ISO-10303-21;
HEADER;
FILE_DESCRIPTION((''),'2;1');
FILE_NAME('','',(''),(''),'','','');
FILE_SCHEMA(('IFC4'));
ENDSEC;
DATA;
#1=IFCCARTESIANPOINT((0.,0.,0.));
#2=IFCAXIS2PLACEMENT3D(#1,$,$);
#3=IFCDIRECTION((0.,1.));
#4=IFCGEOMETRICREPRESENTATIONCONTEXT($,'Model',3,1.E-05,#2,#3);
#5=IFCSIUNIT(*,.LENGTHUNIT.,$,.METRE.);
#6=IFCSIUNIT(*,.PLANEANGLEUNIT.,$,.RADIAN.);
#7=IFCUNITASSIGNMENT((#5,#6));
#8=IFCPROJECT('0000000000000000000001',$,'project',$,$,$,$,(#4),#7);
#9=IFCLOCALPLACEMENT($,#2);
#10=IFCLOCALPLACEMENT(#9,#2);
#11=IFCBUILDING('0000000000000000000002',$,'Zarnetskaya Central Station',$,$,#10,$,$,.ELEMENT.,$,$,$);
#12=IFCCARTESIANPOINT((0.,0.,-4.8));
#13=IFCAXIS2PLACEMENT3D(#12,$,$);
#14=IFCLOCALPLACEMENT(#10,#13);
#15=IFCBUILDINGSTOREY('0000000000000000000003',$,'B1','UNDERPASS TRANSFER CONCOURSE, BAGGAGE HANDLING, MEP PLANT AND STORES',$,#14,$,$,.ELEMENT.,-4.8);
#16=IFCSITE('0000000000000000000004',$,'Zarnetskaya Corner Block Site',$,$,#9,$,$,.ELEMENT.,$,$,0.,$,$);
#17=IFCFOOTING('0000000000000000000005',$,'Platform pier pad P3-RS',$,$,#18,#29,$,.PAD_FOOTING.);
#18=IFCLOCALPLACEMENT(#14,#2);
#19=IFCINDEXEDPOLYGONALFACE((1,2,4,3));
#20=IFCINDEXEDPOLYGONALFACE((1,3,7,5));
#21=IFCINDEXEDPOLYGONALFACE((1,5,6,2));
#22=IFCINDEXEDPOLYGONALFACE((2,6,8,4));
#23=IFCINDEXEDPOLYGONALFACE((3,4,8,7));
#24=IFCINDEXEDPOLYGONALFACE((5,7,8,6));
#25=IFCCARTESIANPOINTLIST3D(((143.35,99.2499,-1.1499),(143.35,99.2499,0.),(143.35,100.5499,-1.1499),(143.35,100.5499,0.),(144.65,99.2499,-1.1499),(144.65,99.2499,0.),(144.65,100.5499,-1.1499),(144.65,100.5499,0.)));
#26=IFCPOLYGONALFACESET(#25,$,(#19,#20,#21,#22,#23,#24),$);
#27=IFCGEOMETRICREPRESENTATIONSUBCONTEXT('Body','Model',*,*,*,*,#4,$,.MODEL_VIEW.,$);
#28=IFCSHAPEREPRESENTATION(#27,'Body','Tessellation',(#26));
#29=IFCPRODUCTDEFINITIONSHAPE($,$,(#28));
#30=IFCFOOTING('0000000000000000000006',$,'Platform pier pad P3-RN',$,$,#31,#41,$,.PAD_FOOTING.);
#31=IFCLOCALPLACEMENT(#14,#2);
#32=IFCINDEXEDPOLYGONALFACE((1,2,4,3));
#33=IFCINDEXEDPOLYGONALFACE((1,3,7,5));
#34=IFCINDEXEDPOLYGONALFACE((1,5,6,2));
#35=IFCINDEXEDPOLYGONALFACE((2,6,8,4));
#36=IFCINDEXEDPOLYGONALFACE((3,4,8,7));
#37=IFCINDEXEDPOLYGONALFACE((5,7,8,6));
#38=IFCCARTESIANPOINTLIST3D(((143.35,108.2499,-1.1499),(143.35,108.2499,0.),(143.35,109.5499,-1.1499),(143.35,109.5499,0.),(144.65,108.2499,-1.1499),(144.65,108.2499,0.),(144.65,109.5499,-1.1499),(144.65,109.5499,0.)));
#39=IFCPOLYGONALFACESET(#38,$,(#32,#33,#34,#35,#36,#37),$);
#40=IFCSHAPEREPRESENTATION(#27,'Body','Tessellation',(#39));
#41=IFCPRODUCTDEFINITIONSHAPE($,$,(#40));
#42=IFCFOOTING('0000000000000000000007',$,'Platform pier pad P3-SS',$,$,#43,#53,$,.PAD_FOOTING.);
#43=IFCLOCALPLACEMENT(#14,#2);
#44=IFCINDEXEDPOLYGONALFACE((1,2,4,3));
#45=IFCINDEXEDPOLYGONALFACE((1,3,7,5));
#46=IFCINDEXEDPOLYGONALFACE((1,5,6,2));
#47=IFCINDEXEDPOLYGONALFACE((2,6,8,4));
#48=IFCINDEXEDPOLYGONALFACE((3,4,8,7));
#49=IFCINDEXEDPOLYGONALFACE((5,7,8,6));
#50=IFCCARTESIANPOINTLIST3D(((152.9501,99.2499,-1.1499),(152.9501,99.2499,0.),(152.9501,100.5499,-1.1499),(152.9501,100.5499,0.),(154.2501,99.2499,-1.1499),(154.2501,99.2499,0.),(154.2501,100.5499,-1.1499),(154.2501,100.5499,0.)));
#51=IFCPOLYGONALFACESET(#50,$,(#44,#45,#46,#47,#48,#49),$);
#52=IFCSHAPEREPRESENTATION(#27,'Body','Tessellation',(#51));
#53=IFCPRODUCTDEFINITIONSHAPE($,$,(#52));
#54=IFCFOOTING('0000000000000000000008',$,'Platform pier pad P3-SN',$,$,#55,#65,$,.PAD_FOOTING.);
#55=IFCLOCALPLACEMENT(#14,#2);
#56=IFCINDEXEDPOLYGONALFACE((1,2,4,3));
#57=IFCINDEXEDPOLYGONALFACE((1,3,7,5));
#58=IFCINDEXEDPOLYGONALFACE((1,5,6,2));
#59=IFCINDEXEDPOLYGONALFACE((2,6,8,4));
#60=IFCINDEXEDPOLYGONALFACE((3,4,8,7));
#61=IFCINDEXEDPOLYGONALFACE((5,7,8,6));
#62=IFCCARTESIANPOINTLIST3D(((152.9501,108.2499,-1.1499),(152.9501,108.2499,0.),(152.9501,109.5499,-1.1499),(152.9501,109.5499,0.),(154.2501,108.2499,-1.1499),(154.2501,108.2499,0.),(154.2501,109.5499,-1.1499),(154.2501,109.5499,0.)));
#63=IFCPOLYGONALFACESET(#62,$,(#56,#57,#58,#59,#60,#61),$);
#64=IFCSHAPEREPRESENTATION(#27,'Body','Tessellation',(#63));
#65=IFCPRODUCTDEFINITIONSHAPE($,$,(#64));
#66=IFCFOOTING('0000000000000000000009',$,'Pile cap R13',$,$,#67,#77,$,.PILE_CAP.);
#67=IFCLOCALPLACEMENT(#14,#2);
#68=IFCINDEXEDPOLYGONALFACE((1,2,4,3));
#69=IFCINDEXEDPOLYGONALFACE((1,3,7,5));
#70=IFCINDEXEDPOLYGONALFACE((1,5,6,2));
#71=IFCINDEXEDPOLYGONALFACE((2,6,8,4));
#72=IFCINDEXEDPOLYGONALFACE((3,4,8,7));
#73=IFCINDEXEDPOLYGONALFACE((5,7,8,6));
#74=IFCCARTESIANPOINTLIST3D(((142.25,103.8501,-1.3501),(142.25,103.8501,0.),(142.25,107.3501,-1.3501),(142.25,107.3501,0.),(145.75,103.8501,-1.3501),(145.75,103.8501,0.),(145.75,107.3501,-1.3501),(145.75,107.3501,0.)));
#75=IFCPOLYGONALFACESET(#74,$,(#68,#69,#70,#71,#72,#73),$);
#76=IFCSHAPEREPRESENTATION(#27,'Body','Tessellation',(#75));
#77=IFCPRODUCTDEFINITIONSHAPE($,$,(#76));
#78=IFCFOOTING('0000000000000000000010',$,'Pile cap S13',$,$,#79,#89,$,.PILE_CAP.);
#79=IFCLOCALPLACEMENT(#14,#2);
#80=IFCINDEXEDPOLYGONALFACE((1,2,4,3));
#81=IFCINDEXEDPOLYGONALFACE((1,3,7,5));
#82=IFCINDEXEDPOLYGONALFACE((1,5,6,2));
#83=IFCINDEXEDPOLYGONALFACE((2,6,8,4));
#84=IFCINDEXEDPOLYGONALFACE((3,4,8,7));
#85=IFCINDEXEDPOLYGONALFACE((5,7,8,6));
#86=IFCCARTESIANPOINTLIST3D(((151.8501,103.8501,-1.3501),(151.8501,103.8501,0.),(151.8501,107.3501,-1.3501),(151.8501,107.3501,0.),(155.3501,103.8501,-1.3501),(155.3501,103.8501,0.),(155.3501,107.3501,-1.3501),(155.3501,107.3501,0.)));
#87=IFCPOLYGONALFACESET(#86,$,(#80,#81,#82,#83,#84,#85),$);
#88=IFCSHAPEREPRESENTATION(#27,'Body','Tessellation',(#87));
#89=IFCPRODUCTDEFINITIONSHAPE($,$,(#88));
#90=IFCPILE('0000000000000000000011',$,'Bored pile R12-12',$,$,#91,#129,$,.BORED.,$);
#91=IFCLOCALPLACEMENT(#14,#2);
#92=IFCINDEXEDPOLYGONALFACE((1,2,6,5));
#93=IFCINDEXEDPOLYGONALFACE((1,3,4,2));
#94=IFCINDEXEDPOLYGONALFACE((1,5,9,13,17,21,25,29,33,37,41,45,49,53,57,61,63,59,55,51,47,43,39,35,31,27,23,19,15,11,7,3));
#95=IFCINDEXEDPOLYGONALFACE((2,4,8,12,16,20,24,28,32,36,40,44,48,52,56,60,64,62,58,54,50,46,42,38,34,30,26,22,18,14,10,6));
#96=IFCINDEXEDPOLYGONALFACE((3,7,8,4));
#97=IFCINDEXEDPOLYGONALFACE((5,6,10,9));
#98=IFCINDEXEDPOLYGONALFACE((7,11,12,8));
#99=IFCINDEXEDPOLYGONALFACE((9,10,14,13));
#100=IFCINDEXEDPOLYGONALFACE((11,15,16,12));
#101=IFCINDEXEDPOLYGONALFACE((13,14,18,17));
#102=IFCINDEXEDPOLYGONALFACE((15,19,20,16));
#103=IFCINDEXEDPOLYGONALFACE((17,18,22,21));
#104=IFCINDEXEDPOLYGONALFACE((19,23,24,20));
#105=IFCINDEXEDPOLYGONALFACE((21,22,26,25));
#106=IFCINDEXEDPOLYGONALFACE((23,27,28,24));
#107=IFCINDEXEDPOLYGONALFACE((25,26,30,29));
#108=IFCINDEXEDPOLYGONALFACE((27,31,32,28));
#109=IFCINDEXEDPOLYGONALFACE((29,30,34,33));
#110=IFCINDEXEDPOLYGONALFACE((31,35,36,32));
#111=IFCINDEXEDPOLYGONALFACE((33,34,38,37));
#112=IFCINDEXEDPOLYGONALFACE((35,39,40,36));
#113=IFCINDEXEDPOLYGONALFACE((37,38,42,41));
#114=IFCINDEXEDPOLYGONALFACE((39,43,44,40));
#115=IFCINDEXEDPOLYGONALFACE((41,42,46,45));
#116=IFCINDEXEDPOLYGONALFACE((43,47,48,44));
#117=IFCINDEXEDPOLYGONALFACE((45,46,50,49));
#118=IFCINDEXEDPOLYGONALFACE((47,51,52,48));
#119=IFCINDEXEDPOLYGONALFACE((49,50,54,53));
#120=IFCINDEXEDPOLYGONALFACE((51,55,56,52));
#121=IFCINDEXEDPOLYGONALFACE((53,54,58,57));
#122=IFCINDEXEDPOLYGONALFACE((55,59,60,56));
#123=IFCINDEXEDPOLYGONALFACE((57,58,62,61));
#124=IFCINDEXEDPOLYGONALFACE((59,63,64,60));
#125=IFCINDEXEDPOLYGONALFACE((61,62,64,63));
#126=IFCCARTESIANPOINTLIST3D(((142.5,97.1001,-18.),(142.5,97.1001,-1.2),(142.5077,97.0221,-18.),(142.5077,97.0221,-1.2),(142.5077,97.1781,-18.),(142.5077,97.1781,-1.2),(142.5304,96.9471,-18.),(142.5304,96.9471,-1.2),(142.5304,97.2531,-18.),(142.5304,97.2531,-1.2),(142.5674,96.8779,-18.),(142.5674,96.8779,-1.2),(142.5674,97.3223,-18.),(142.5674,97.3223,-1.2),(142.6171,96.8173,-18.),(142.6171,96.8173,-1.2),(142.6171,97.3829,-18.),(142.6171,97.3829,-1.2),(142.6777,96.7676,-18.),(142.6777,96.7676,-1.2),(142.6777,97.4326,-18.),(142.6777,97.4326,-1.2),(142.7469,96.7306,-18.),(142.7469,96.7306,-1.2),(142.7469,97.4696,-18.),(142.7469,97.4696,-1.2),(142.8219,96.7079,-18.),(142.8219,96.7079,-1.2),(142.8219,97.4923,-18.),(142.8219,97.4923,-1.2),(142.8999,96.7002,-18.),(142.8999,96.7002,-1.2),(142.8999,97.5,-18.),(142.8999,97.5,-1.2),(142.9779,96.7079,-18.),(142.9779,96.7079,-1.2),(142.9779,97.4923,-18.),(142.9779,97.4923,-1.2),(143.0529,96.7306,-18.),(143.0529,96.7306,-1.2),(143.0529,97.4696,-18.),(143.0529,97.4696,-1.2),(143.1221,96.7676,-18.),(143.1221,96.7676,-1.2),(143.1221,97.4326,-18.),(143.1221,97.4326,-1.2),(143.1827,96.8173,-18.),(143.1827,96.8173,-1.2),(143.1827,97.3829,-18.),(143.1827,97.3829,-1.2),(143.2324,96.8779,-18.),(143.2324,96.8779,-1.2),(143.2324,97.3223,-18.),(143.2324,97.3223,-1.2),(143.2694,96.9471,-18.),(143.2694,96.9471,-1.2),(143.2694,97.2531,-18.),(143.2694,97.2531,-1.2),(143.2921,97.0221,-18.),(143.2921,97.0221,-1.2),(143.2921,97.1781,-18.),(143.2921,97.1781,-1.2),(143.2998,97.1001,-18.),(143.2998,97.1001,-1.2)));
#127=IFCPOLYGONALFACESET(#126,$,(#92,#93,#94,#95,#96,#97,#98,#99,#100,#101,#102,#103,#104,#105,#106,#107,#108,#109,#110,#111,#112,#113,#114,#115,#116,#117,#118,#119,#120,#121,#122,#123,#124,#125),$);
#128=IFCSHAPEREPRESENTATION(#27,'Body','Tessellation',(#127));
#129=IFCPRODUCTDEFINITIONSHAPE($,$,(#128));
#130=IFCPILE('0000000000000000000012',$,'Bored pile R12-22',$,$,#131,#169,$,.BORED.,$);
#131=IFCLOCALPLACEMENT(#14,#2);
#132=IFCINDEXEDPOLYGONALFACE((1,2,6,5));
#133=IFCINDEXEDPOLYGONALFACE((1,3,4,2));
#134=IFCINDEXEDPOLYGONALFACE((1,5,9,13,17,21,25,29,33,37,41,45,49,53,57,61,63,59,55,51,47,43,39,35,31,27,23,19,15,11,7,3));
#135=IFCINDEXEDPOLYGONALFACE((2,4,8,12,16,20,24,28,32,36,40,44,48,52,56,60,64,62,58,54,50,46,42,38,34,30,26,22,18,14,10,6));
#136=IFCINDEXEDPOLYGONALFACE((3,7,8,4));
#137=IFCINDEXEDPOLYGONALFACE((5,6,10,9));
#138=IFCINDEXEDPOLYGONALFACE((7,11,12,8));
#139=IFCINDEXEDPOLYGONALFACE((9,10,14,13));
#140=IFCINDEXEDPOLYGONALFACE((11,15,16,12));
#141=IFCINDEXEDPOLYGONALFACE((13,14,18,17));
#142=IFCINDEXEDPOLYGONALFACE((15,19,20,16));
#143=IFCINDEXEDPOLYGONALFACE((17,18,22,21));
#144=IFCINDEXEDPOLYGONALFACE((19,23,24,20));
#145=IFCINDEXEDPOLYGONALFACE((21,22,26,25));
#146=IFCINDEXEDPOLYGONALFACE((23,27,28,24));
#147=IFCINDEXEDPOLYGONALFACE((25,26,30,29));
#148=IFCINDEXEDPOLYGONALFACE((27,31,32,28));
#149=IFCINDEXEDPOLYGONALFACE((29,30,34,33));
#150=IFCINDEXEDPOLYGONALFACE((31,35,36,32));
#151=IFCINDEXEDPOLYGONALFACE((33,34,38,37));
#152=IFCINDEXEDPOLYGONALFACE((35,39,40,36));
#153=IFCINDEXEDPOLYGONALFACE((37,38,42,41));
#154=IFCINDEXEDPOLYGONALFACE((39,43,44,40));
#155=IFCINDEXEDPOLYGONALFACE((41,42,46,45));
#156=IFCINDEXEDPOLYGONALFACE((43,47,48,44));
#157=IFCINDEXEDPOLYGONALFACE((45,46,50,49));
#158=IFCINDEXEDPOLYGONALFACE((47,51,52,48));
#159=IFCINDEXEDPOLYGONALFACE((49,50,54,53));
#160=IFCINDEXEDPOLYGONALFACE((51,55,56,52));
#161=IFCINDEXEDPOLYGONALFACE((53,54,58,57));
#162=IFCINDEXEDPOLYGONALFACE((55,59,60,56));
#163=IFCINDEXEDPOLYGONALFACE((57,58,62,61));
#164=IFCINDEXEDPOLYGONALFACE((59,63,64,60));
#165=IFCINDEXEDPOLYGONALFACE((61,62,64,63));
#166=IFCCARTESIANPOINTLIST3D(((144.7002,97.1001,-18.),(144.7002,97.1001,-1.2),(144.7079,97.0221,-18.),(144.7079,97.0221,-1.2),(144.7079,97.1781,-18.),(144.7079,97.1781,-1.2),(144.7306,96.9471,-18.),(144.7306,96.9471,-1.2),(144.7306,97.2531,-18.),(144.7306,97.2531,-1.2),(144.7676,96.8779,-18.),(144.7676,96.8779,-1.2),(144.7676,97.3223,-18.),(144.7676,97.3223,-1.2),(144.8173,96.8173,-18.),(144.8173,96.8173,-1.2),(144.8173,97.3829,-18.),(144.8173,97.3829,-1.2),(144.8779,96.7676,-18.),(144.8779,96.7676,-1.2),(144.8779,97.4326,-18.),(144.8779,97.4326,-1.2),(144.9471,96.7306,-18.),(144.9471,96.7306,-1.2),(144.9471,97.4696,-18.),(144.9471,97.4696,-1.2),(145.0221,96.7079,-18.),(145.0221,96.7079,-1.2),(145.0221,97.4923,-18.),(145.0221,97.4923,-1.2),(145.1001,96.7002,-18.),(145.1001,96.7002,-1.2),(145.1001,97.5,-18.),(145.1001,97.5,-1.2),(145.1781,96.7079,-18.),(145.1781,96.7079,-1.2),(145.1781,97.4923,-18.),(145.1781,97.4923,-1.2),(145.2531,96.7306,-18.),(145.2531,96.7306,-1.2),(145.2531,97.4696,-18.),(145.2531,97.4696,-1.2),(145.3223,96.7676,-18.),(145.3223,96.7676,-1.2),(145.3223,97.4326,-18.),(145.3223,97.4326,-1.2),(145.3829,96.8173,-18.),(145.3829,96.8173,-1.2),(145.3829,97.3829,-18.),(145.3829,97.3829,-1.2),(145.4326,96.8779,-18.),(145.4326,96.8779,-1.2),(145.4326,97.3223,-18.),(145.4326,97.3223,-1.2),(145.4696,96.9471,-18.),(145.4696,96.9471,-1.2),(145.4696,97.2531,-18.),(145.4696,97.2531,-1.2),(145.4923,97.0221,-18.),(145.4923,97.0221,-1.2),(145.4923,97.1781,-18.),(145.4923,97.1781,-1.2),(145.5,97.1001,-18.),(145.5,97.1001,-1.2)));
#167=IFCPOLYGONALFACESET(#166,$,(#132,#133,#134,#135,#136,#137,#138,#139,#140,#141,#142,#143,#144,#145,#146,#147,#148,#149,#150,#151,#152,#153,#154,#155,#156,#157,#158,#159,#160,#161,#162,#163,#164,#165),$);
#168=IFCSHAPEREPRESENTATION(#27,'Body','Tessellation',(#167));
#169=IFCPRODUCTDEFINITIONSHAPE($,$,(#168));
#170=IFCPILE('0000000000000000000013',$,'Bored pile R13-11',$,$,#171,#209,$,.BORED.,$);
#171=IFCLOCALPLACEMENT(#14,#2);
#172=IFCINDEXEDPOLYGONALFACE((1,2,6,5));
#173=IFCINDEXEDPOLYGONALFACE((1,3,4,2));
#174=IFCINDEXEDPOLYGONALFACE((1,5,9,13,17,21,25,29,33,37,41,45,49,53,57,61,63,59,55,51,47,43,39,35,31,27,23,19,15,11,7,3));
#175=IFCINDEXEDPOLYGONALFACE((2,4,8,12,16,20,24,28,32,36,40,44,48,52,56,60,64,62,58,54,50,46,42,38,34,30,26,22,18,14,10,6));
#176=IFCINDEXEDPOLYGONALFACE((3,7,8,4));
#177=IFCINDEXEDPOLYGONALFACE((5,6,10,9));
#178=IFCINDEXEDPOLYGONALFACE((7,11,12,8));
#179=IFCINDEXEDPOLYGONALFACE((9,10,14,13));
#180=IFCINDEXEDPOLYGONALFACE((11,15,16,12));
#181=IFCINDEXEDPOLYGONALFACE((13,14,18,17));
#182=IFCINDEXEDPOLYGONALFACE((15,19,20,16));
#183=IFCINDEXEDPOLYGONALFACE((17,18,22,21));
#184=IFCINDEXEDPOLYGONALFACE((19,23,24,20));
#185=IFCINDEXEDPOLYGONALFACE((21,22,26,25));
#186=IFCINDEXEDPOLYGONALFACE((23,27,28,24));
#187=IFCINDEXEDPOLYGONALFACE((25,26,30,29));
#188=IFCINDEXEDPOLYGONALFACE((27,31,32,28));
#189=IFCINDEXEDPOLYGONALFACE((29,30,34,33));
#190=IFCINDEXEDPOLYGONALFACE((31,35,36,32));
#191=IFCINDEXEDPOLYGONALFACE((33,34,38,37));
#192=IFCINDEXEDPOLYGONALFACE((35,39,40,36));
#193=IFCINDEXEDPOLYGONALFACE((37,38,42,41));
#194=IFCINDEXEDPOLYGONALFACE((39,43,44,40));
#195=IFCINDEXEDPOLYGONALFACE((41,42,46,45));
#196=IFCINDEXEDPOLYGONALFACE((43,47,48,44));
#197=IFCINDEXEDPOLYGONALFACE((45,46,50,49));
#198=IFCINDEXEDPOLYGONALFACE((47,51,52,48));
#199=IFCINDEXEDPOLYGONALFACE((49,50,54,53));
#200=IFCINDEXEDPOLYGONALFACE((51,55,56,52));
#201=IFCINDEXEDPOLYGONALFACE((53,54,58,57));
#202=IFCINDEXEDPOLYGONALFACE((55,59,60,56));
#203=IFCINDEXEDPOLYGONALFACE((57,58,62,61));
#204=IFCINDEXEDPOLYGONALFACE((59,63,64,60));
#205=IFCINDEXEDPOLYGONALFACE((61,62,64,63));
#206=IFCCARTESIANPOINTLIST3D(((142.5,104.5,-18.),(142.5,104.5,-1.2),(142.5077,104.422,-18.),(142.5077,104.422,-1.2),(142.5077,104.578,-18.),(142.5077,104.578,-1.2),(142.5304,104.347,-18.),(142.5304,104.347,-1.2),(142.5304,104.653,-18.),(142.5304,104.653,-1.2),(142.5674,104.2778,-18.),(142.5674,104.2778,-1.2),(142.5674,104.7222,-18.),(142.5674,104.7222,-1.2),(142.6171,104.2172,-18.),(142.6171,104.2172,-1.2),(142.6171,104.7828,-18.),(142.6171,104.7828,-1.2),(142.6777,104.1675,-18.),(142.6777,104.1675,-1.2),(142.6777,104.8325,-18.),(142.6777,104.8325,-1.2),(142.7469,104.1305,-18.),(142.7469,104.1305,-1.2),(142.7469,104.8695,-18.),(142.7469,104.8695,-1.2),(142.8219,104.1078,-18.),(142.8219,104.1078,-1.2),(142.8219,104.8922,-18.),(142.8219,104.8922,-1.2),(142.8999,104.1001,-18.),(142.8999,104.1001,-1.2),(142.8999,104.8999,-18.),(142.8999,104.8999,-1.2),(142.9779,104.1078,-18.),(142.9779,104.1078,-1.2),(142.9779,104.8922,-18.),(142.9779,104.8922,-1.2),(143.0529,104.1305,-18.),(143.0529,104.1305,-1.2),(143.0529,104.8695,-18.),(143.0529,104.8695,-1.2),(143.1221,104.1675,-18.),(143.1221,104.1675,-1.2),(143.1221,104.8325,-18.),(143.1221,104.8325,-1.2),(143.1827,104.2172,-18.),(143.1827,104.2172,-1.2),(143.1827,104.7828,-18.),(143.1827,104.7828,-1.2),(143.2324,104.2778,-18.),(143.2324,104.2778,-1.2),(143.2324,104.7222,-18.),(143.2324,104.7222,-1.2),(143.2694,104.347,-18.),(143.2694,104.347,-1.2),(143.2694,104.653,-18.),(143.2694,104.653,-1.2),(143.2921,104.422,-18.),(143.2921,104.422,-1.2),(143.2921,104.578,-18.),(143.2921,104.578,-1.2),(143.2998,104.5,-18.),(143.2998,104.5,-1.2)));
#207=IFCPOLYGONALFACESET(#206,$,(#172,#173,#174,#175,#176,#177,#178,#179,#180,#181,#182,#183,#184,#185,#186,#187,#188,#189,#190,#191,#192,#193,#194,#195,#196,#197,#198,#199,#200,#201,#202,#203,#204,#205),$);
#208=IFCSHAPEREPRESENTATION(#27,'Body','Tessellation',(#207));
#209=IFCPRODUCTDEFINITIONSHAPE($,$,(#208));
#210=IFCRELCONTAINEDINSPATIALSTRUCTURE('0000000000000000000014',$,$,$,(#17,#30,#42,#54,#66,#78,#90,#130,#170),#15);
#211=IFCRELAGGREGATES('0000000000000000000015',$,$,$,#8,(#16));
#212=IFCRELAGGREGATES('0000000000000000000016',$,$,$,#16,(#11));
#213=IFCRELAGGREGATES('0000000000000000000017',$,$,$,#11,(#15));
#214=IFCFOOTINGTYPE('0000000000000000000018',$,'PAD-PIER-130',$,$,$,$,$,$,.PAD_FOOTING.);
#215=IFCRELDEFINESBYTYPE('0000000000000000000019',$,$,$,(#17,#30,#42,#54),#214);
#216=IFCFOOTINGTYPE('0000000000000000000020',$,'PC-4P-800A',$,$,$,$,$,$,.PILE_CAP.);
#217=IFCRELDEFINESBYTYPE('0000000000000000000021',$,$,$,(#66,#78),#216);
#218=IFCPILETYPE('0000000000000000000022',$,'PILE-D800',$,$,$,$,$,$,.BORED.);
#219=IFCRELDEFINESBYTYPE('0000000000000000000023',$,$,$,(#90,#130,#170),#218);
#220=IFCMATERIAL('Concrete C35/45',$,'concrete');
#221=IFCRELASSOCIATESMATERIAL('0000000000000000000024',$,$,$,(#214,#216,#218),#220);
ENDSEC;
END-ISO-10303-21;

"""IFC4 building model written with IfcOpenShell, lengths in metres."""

from ifc_helpers import new_model, si_unit, direction, frame, origin, origin_2d, place, context, subcontext, project, spatial, rectangle, circle, extrude, material, material_profile, profile_set, type_object, element, save


model = new_model("IFC4")

# Units and contexts
model_context = context("Model", 3, precision=1e-05, world=origin(), true_north=direction((0.0, 1.0)))
body_context = subcontext(model_context, "Body", "Model", "MODEL_VIEW")
ifc_project = project(units=[si_unit("LENGTHUNIT", "METRE"), si_unit("PLANEANGLEUNIT", "RADIAN")], contexts=[model_context])

# Site, building, storey
site_placement = place(None, origin())
site = spatial("IfcSite", under=ifc_project, at=site_placement, Name="Zarnetskaya Corner Block Site", CompositionType="ELEMENT", RefElevation=0.0)
building_placement = place(site_placement, origin())
building = spatial("IfcBuilding", under=site, at=building_placement, Name="Zarnetskaya Central Station", CompositionType="ELEMENT")
storey_placement = place(building_placement, frame((0.0, 0.0, -4.8)))
storey = spatial("IfcBuildingStorey", under=building, at=storey_placement, Name="B1", Description="UNDERPASS TRANSFER CONCOURSE, BAGGAGE HANDLING, MEP PLANT AND STORES", CompositionType="ELEMENT", Elevation=-4.8)

# Footings
ifc_material = material(Name="Concrete C35/45", Category="concrete")
footing_type_1 = type_object("IfcFootingType", Name="PAD-PIER-130", PredefinedType="PAD_FOOTING", material=ifc_material)
for number, where, z_axis, x_axis, name in (
    (1, (144.0, 99.8999, -1.1499), (0.0, 0.0, 1.0), (1.0, 0.0, 0.0), "Platform pier pad P3-RS"),
    (2, (144.0, 108.8999, -1.1499), (0.0, 0.0, 1.0), (1.0, 0.0, 0.0), "Platform pier pad P3-RN"),
    (3, (153.6001, 99.8999, -1.1499), (0.0, 0.0, 1.0), (1.0, 0.0, 0.0), "Platform pier pad P3-SS"),
    (4, (153.6001, 108.8999, -1.1499), (0.0, 0.0, 1.0), (1.0, 0.0, 0.0), "Platform pier pad P3-SN"),
):
    element("IfcFooting", number, at=place(storey_placement, frame(where, z_axis=z_axis, x_axis=x_axis)), inside=storey, type_object=footing_type_1, Name=name, PredefinedType="PAD_FOOTING", context=body_context, shape_type="SweptSolid", body=[
        extrude(rectangle(XDim=1.3, YDim=1.3, at=origin_2d()), origin(), (0.0, 0.0, 1.0), 1.1499),
    ])
footing_type_2 = type_object("IfcFootingType", Name="PC-4P-800A", PredefinedType="PILE_CAP", material=ifc_material)
for number, where, z_axis, x_axis, name in (
    (5, (144.0, 105.6001, -1.3501), (0.0, 0.0, 1.0), (1.0, 0.0, 0.0), "Pile cap R13"),
    (6, (153.6001, 105.6001, -1.3501), (0.0, 0.0, 1.0), (1.0, 0.0, 0.0), "Pile cap S13"),
):
    element("IfcFooting", number, at=place(storey_placement, frame(where, z_axis=z_axis, x_axis=x_axis)), inside=storey, type_object=footing_type_2, Name=name, PredefinedType="PILE_CAP", context=body_context, shape_type="SweptSolid", body=[
        extrude(rectangle(XDim=3.5, YDim=3.5, at=origin_2d()), origin(), (0.0, 0.0, 1.0), 1.3501),
    ])

# Piles
ifc_material_profile_1 = material_profile(ifc_material, circle(Radius=0.3999, at=origin_2d()), Name="BORED PILE D800")
ifc_profile_set_1 = profile_set([ifc_material_profile_1], Name="Concrete C35/45")
pile_type = type_object("IfcPileType", Name="PILE-D800", PredefinedType="BORED", material=ifc_profile_set_1)
for number, where, z_axis, x_axis, name in (
    (7, (142.8999, 97.1001, -1.2), (0.0, 0.0, -1.0), (1.0, 0.0, 0.0), "Bored pile R12-12"),
    (8, (145.1001, 97.1001, -1.2), (0.0, 0.0, -1.0), (1.0, 0.0, 0.0), "Bored pile R12-22"),
    (9, (142.8999, 104.5, -1.2), (0.0, 0.0, -1.0), (1.0, 0.0, 0.0), "Bored pile R13-11"),
):
    element("IfcPile", number, at=place(storey_placement, frame(where, z_axis=z_axis, x_axis=x_axis)), inside=storey, type_object=pile_type, Name=name, PredefinedType="BORED", context=body_context, shape_type="SweptSolid", body=[
        extrude(circle(Radius=0.3999, at=origin_2d()), origin(), (0.0, 0.0, 1.0), 16.8),
    ])

save(model, "model.ifc")
